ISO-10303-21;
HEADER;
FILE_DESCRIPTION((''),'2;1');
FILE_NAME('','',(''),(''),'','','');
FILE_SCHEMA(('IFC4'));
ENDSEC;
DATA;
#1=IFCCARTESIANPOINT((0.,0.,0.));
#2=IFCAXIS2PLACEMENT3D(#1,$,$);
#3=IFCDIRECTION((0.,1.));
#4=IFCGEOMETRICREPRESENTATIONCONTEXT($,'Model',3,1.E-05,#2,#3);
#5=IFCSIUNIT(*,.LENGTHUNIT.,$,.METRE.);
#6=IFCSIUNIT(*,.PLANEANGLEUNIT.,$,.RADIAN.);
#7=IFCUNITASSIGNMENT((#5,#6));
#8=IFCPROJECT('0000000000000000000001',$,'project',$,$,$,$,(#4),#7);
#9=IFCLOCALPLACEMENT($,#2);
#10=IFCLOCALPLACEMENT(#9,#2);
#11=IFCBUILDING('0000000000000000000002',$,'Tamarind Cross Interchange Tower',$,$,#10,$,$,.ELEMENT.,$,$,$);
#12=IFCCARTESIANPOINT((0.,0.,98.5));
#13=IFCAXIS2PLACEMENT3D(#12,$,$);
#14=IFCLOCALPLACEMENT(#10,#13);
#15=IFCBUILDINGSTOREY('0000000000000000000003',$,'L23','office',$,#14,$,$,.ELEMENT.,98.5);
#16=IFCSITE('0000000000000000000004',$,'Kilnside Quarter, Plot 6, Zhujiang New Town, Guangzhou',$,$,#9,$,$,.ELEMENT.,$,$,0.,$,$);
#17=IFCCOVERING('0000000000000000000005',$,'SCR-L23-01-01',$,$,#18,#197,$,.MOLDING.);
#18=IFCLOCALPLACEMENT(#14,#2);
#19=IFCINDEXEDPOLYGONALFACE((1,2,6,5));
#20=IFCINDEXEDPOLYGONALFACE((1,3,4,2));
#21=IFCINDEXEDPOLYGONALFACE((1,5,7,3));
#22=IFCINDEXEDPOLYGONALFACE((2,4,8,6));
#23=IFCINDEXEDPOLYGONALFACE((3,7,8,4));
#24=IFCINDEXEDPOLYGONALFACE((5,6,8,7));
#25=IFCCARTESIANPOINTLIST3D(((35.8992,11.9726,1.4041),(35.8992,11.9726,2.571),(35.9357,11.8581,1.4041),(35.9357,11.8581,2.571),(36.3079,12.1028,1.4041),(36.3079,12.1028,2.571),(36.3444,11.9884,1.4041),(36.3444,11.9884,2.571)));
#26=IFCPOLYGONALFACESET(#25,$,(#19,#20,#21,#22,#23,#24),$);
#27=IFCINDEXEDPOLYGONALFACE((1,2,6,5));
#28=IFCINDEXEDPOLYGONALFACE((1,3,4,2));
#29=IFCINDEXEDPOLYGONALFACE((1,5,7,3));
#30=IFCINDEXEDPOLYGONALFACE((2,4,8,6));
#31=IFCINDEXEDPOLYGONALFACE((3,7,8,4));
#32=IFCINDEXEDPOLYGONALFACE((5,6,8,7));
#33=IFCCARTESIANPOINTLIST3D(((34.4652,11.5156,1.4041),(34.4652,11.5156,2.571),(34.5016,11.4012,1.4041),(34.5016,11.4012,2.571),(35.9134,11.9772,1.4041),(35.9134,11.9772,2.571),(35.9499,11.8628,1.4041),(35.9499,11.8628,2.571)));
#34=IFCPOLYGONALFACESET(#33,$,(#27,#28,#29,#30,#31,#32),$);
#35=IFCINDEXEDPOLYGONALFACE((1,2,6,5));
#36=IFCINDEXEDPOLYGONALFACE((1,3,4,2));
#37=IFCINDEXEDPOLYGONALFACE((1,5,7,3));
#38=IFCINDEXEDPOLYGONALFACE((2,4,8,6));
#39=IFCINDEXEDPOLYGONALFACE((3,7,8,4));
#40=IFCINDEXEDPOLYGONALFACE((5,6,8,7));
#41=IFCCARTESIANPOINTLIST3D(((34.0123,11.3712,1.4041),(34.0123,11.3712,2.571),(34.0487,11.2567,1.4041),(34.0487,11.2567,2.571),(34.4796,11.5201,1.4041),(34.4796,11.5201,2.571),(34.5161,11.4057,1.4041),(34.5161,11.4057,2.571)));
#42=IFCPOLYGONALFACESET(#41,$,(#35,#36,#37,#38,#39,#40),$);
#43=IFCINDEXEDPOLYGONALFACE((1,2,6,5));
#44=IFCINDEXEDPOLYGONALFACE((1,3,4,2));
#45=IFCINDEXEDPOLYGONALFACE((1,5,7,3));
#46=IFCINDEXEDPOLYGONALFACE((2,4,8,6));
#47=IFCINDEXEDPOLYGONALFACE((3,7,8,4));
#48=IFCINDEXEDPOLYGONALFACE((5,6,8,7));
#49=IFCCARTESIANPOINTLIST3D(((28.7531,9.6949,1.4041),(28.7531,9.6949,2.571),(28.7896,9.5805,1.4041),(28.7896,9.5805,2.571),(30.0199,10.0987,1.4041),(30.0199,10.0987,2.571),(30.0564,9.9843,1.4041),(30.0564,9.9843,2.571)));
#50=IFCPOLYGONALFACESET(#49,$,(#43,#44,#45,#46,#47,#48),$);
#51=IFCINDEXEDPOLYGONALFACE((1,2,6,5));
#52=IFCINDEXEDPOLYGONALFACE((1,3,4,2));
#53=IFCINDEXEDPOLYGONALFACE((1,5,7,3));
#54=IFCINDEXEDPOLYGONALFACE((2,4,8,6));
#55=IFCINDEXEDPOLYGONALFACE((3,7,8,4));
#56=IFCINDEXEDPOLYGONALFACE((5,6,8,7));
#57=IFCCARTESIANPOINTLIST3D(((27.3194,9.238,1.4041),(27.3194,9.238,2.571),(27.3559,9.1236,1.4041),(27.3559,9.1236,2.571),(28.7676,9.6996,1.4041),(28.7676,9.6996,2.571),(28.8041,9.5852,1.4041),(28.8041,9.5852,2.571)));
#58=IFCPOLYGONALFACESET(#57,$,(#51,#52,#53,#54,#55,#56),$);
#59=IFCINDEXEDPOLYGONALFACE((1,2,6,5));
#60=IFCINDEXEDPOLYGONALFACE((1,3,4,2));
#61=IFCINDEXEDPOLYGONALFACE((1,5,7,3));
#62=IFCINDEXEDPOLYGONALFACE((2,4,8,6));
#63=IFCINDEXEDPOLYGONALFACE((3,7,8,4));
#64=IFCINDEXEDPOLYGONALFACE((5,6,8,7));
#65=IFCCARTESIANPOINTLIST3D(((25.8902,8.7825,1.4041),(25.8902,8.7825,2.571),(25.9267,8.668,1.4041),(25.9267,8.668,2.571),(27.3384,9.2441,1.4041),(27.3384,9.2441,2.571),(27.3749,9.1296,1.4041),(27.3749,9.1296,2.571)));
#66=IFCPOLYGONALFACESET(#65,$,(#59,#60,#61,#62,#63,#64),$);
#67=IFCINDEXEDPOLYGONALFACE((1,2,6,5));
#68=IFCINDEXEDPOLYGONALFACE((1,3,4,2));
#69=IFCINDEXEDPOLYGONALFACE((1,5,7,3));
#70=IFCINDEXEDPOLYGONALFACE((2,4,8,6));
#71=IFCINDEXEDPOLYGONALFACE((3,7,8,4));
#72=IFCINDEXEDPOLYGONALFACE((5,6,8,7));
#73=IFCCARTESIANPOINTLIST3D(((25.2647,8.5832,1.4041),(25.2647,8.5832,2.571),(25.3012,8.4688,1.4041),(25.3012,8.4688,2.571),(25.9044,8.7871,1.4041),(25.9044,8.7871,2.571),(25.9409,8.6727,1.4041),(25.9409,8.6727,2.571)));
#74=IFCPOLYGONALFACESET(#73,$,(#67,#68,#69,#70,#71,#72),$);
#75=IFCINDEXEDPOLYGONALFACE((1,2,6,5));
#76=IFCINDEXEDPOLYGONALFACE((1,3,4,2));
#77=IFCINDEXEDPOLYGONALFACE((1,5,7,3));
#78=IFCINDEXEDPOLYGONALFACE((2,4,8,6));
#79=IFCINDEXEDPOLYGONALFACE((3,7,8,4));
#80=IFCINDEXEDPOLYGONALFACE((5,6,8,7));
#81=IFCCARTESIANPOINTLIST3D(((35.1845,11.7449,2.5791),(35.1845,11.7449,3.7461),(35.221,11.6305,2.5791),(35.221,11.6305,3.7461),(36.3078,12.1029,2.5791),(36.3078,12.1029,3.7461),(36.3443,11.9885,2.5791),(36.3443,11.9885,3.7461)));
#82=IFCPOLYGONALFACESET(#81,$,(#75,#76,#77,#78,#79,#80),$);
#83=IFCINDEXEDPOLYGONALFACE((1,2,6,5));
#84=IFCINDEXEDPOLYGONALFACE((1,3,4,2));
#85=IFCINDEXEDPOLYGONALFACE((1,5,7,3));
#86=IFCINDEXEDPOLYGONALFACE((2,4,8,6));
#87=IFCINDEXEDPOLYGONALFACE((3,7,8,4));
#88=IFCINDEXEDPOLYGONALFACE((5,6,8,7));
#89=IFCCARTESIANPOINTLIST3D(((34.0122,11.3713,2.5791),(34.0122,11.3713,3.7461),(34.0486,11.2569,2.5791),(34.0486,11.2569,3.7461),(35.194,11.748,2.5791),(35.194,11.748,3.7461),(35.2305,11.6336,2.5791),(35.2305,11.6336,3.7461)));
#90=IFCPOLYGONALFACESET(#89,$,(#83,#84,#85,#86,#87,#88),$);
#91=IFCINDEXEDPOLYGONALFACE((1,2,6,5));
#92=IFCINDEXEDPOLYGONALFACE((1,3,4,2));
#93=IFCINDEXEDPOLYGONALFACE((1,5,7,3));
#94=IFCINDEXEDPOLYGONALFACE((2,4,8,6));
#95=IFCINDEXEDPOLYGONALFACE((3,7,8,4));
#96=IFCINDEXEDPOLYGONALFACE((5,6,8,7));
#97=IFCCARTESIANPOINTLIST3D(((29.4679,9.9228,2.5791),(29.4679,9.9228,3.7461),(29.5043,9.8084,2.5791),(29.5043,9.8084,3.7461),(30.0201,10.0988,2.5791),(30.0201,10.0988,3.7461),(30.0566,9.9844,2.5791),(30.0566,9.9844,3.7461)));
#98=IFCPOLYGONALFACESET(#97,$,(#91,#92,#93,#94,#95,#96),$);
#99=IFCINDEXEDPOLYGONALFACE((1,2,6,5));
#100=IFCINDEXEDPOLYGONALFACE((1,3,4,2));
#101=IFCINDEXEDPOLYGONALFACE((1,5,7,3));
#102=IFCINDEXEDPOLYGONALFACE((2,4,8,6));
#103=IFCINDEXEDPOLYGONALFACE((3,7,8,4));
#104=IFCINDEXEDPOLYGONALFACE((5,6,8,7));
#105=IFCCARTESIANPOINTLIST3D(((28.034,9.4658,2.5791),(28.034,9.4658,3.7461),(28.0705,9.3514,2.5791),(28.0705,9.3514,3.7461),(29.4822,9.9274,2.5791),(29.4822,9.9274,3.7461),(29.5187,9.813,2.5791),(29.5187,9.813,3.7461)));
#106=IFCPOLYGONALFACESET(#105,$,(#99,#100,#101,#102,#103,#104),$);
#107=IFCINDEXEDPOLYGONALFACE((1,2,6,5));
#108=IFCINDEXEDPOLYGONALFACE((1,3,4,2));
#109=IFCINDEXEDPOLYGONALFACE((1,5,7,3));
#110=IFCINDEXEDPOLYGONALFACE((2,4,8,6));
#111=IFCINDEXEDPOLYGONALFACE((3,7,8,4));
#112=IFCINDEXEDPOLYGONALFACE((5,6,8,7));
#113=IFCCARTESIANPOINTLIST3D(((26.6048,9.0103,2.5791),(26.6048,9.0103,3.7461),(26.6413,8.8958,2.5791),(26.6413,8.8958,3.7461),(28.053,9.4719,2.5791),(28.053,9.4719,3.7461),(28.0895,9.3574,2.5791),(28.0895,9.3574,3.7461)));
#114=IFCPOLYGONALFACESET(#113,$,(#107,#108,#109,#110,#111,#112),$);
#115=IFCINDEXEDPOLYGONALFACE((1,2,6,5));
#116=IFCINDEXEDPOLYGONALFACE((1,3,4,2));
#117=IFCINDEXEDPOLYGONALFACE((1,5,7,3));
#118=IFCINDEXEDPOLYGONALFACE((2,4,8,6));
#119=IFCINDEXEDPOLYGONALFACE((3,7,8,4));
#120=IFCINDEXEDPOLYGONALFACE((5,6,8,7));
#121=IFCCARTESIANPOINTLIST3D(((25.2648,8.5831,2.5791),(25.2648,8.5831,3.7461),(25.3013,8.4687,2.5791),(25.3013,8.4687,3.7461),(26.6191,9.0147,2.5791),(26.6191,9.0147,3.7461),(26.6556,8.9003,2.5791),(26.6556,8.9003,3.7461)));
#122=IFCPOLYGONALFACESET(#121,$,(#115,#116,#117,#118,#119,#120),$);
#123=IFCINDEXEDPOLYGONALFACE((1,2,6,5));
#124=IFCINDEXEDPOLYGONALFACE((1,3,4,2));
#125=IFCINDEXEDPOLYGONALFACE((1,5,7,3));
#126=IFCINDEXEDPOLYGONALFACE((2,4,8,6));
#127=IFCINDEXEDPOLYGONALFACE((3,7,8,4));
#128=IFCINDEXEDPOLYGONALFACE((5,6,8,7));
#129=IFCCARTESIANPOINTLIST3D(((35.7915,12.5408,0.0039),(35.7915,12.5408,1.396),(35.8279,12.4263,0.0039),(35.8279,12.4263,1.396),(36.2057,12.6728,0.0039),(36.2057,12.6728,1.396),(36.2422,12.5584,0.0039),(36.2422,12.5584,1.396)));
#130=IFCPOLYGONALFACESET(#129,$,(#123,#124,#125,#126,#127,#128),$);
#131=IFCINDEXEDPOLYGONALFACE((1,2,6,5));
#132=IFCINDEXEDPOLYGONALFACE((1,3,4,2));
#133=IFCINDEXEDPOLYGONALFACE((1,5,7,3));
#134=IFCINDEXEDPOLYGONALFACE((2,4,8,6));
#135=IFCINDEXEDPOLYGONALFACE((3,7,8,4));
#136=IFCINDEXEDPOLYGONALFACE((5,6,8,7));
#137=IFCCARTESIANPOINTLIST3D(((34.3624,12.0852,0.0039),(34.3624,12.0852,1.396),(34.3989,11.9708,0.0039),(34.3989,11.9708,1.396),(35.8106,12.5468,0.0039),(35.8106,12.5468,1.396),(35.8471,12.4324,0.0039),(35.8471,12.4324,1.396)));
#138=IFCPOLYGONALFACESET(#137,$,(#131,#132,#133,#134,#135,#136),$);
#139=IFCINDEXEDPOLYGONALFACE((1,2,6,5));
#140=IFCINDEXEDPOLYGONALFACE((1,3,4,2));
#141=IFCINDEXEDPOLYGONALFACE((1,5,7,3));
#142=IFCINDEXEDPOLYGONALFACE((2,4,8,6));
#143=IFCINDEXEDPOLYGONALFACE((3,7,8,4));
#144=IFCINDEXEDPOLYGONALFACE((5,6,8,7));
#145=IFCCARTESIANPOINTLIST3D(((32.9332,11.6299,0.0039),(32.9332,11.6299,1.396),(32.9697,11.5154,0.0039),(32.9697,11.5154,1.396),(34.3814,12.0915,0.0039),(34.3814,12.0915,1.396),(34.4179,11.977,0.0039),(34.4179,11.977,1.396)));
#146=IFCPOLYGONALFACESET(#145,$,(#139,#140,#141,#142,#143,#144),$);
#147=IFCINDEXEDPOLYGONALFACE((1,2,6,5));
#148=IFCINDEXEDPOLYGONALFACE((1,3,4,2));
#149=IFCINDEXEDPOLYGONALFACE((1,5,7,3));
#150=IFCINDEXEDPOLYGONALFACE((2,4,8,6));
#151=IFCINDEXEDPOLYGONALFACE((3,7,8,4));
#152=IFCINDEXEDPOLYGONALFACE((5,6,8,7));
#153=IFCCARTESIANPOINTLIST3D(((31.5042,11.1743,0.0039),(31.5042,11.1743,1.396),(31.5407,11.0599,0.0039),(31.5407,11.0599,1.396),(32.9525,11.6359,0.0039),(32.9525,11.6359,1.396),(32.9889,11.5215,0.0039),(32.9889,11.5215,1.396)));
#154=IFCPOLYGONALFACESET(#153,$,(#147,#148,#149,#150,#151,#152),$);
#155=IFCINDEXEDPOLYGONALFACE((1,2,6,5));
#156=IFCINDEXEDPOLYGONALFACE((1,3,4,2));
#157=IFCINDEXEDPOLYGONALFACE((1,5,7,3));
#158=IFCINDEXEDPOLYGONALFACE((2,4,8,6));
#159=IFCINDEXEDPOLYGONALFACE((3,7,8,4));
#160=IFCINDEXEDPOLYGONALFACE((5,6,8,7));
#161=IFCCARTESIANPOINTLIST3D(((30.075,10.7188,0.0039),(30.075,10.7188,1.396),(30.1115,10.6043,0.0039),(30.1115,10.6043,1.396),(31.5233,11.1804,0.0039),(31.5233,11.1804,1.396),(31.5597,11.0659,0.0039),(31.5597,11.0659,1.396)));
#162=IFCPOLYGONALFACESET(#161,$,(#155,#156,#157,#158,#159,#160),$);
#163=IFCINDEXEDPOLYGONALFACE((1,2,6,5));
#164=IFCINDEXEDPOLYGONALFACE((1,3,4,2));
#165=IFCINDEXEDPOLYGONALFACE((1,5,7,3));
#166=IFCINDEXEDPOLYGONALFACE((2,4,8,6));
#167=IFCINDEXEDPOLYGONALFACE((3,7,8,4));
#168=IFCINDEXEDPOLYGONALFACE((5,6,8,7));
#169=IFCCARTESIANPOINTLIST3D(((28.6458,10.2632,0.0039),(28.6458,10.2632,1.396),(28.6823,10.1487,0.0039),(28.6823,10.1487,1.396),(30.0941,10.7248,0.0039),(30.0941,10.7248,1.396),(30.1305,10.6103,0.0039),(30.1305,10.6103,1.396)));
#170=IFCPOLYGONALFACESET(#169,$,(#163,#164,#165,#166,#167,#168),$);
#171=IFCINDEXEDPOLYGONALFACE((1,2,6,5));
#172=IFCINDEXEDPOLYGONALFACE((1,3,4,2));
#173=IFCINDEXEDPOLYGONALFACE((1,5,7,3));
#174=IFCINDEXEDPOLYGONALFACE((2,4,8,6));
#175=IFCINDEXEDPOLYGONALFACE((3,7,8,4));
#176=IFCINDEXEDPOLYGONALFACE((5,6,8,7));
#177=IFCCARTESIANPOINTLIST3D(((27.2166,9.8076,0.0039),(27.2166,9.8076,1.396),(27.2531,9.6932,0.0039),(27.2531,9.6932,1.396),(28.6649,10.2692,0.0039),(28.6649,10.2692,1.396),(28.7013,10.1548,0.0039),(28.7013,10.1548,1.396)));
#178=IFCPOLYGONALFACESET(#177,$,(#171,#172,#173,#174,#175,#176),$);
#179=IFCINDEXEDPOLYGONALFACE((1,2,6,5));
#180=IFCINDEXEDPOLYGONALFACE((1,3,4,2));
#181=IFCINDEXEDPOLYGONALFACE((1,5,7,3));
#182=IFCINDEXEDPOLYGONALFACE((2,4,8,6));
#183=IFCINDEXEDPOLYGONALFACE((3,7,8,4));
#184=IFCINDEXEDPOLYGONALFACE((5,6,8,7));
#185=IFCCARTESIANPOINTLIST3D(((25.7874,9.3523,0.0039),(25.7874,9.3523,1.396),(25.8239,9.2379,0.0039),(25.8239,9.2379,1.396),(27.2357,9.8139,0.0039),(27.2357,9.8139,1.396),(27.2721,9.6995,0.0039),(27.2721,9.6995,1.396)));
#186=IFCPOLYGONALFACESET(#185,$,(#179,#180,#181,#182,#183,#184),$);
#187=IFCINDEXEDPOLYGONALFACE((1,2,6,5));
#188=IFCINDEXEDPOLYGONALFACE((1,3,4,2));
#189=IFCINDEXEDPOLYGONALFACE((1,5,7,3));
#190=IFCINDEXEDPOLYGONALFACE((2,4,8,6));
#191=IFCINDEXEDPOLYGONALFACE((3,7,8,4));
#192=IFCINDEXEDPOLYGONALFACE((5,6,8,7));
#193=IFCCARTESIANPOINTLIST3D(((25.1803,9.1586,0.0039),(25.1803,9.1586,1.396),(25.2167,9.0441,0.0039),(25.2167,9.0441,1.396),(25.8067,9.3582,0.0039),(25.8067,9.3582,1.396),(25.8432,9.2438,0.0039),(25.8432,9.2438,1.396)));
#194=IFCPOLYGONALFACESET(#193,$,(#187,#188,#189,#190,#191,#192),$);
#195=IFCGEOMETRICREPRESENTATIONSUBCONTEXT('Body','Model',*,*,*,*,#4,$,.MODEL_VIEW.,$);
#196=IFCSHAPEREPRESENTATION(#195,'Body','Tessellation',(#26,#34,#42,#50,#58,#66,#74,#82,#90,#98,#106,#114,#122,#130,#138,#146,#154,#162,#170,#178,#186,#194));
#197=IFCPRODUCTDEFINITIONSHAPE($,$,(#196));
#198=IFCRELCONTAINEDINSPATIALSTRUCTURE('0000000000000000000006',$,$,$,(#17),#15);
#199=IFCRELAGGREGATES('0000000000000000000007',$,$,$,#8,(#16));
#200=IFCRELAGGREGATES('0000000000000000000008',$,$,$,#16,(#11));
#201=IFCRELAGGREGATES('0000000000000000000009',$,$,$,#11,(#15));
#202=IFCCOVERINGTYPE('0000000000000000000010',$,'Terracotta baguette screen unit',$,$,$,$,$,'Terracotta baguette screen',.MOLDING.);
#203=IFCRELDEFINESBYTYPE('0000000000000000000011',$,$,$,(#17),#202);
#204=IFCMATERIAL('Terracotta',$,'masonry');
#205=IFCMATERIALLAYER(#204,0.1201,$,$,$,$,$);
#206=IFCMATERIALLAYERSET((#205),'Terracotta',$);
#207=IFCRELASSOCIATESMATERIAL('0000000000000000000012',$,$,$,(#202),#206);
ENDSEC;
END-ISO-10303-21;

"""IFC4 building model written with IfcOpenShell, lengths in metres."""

from ifc_helpers import new_model, si_unit, direction, frame, origin, origin_2d, place, context, subcontext, project, spatial, rectangle, extrude, material, layer, layer_set, type_object, element, save


model = new_model("IFC4")

# Units and contexts
model_context = context("Model", 3, precision=1e-05, world=origin(), true_north=direction((0.0, 1.0)))
body_context = subcontext(model_context, "Body", "Model", "MODEL_VIEW")
ifc_project = project(units=[si_unit("LENGTHUNIT", "METRE"), si_unit("PLANEANGLEUNIT", "RADIAN")], contexts=[model_context])

# Site, building, storey
site_placement = place(None, origin())
site = spatial("IfcSite", under=ifc_project, at=site_placement, Name="Kilnside Quarter, Plot 6, Zhujiang New Town, Guangzhou", CompositionType="ELEMENT", RefElevation=0.0)
building_placement = place(site_placement, origin())
building = spatial("IfcBuilding", under=site, at=building_placement, Name="Tamarind Cross Interchange Tower", CompositionType="ELEMENT")
storey_placement = place(building_placement, frame((0.0, 0.0, 98.5)))
storey = spatial("IfcBuildingStorey", under=building, at=storey_placement, Name="L23", Description="office", CompositionType="ELEMENT", Elevation=98.5)

# Covering
ifc_material_1 = material(Name="Terracotta", Category="masonry")
ifc_layer_1 = layer(ifc_material_1, 0.1201)
ifc_layer_set_1 = layer_set([ifc_layer_1], Name="Terracotta")
covering_type = type_object("IfcCoveringType", Name="Terracotta baguette screen unit", ElementType="Terracotta baguette screen", PredefinedType="MOLDING", material=ifc_layer_set_1)
covering_1_placement = place(storey_placement, origin())
element("IfcCovering", 1, at=covering_1_placement, inside=storey, type_object=covering_type, Name="SCR-L23-01-01", PredefinedType="MOLDING", context=body_context, shape_type="SweptSolid", body=[
    extrude(rectangle(XDim=0.429, YDim=0.1201, at=origin_2d()), frame((36.1218, 11.9805, 1.4041), z_axis=(0.0, 0.0, 1.0), x_axis=(-0.952773, -0.303683, 0.0)), (0.0, 0.0, 1.0), 1.167),
    extrude(rectangle(XDim=1.52, YDim=0.1201, at=origin_2d()), frame((35.2075, 11.6892, 1.4041), z_axis=(0.0, 0.0, 1.0), x_axis=(-0.952773, -0.303683, 0.0)), (0.0, 0.0, 1.0), 1.167),
    extrude(rectangle(XDim=0.4905, YDim=0.1201, at=origin_2d()), frame((34.2642, 11.3884, 1.4041), z_axis=(0.0, 0.0, 1.0), x_axis=(-0.952773, -0.303683, 0.0)), (0.0, 0.0, 1.0), 1.167),
    extrude(rectangle(XDim=1.3296, YDim=0.1201, at=origin_2d()), frame((29.4048, 9.8396, 1.4041), z_axis=(0.0, 0.0, 1.0), x_axis=(-0.952773, -0.303683, 0.0)), (0.0, 0.0, 1.0), 1.167),
    extrude(rectangle(XDim=1.52, YDim=0.1201, at=origin_2d()), frame((28.0618, 9.4116, 1.4041), z_axis=(0.0, 0.0, 1.0), x_axis=(-0.952773, -0.303683, 0.0)), (0.0, 0.0, 1.0), 1.167),
    extrude(rectangle(XDim=1.52, YDim=0.1201, at=origin_2d()), frame((26.6326, 8.9561, 1.4041), z_axis=(0.0, 0.0, 1.0), x_axis=(-0.952773, -0.303683, 0.0)), (0.0, 0.0, 1.0), 1.167),
    extrude(rectangle(XDim=0.6714, YDim=0.1201, at=origin_2d()), frame((25.6028, 8.6279, 1.4041), z_axis=(0.0, 0.0, 1.0), x_axis=(-0.952773, -0.303683, 0.0)), (0.0, 0.0, 1.0), 1.167),
    extrude(rectangle(XDim=1.179, YDim=0.1201, at=origin_2d()), frame((35.7644, 11.8667, 2.5791), z_axis=(0.0, 0.0, 1.0), x_axis=(-0.952773, -0.303683, 0.0)), (0.0, 0.0, 1.0), 1.167),
    extrude(rectangle(XDim=1.2405, YDim=0.1201, at=origin_2d()), frame((34.6213, 11.5024, 2.5791), z_axis=(0.0, 0.0, 1.0), x_axis=(-0.952773, -0.303683, 0.0)), (0.0, 0.0, 1.0), 1.167),
    extrude(rectangle(XDim=0.5796, YDim=0.1201, at=origin_2d()), frame((29.7622, 9.9536, 2.5791), z_axis=(0.0, 0.0, 1.0), x_axis=(-0.952773, -0.303683, 0.0)), (0.0, 0.0, 1.0), 1.167),
    extrude(rectangle(XDim=1.52, YDim=0.1201, at=origin_2d()), frame((28.7764, 9.6394, 2.5791), z_axis=(0.0, 0.0, 1.0), x_axis=(-0.952773, -0.303683, 0.0)), (0.0, 0.0, 1.0), 1.167),
    extrude(rectangle(XDim=1.52, YDim=0.1201, at=origin_2d()), frame((27.3472, 9.1838, 2.5791), z_axis=(0.0, 0.0, 1.0), x_axis=(-0.952773, -0.303683, 0.0)), (0.0, 0.0, 1.0), 1.167),
    extrude(rectangle(XDim=1.4214, YDim=0.1201, at=origin_2d()), frame((25.9602, 8.7417, 2.5791), z_axis=(0.0, 0.0, 1.0), x_axis=(-0.952773, -0.303683, 0.0)), (0.0, 0.0, 1.0), 1.167),
    extrude(rectangle(XDim=0.4348, YDim=0.1201, at=origin_2d()), frame((36.0168, 12.5496, 0.0039), z_axis=(0.0, 0.0, 1.0), x_axis=(-0.952773, -0.303683, 0.0)), (0.0, 0.0, 1.0), 1.3921),
    extrude(rectangle(XDim=1.52, YDim=0.1201, at=origin_2d()), frame((35.1047, 12.2588, 0.0039), z_axis=(0.0, 0.0, 1.0), x_axis=(-0.952773, -0.303683, 0.0)), (0.0, 0.0, 1.0), 1.3921),
    extrude(rectangle(XDim=1.52, YDim=0.1201, at=origin_2d()), frame((33.6755, 11.8035, 0.0039), z_axis=(0.0, 0.0, 1.0), x_axis=(-0.952773, -0.303683, 0.0)), (0.0, 0.0, 1.0), 1.3921),
    extrude(rectangle(XDim=1.52, YDim=0.1201, at=origin_2d()), frame((32.2466, 11.3479, 0.0039), z_axis=(0.0, 0.0, 1.0), x_axis=(-0.952773, -0.303683, 0.0)), (0.0, 0.0, 1.0), 1.3921),
    extrude(rectangle(XDim=1.52, YDim=0.1201, at=origin_2d()), frame((30.8174, 10.8923, 0.0039), z_axis=(0.0, 0.0, 1.0), x_axis=(-0.952773, -0.303683, 0.0)), (0.0, 0.0, 1.0), 1.3921),
    extrude(rectangle(XDim=1.52, YDim=0.1201, at=origin_2d()), frame((29.3882, 10.4368, 0.0039), z_axis=(0.0, 0.0, 1.0), x_axis=(-0.952773, -0.303683, 0.0)), (0.0, 0.0, 1.0), 1.3921),
    extrude(rectangle(XDim=1.52, YDim=0.1201, at=origin_2d()), frame((27.959, 9.9812, 0.0039), z_axis=(0.0, 0.0, 1.0), x_axis=(-0.952773, -0.303683, 0.0)), (0.0, 0.0, 1.0), 1.3921),
    extrude(rectangle(XDim=1.52, YDim=0.1201, at=origin_2d()), frame((26.5298, 9.5259, 0.0039), z_axis=(0.0, 0.0, 1.0), x_axis=(-0.952773, -0.303683, 0.0)), (0.0, 0.0, 1.0), 1.3921),
    extrude(rectangle(XDim=0.6575, YDim=0.1201, at=origin_2d()), frame((25.5117, 9.2012, 0.0039), z_axis=(0.0, 0.0, 1.0), x_axis=(-0.952773, -0.303683, 0.0)), (0.0, 0.0, 1.0), 1.3921),
])

save(model, "model.ifc")
